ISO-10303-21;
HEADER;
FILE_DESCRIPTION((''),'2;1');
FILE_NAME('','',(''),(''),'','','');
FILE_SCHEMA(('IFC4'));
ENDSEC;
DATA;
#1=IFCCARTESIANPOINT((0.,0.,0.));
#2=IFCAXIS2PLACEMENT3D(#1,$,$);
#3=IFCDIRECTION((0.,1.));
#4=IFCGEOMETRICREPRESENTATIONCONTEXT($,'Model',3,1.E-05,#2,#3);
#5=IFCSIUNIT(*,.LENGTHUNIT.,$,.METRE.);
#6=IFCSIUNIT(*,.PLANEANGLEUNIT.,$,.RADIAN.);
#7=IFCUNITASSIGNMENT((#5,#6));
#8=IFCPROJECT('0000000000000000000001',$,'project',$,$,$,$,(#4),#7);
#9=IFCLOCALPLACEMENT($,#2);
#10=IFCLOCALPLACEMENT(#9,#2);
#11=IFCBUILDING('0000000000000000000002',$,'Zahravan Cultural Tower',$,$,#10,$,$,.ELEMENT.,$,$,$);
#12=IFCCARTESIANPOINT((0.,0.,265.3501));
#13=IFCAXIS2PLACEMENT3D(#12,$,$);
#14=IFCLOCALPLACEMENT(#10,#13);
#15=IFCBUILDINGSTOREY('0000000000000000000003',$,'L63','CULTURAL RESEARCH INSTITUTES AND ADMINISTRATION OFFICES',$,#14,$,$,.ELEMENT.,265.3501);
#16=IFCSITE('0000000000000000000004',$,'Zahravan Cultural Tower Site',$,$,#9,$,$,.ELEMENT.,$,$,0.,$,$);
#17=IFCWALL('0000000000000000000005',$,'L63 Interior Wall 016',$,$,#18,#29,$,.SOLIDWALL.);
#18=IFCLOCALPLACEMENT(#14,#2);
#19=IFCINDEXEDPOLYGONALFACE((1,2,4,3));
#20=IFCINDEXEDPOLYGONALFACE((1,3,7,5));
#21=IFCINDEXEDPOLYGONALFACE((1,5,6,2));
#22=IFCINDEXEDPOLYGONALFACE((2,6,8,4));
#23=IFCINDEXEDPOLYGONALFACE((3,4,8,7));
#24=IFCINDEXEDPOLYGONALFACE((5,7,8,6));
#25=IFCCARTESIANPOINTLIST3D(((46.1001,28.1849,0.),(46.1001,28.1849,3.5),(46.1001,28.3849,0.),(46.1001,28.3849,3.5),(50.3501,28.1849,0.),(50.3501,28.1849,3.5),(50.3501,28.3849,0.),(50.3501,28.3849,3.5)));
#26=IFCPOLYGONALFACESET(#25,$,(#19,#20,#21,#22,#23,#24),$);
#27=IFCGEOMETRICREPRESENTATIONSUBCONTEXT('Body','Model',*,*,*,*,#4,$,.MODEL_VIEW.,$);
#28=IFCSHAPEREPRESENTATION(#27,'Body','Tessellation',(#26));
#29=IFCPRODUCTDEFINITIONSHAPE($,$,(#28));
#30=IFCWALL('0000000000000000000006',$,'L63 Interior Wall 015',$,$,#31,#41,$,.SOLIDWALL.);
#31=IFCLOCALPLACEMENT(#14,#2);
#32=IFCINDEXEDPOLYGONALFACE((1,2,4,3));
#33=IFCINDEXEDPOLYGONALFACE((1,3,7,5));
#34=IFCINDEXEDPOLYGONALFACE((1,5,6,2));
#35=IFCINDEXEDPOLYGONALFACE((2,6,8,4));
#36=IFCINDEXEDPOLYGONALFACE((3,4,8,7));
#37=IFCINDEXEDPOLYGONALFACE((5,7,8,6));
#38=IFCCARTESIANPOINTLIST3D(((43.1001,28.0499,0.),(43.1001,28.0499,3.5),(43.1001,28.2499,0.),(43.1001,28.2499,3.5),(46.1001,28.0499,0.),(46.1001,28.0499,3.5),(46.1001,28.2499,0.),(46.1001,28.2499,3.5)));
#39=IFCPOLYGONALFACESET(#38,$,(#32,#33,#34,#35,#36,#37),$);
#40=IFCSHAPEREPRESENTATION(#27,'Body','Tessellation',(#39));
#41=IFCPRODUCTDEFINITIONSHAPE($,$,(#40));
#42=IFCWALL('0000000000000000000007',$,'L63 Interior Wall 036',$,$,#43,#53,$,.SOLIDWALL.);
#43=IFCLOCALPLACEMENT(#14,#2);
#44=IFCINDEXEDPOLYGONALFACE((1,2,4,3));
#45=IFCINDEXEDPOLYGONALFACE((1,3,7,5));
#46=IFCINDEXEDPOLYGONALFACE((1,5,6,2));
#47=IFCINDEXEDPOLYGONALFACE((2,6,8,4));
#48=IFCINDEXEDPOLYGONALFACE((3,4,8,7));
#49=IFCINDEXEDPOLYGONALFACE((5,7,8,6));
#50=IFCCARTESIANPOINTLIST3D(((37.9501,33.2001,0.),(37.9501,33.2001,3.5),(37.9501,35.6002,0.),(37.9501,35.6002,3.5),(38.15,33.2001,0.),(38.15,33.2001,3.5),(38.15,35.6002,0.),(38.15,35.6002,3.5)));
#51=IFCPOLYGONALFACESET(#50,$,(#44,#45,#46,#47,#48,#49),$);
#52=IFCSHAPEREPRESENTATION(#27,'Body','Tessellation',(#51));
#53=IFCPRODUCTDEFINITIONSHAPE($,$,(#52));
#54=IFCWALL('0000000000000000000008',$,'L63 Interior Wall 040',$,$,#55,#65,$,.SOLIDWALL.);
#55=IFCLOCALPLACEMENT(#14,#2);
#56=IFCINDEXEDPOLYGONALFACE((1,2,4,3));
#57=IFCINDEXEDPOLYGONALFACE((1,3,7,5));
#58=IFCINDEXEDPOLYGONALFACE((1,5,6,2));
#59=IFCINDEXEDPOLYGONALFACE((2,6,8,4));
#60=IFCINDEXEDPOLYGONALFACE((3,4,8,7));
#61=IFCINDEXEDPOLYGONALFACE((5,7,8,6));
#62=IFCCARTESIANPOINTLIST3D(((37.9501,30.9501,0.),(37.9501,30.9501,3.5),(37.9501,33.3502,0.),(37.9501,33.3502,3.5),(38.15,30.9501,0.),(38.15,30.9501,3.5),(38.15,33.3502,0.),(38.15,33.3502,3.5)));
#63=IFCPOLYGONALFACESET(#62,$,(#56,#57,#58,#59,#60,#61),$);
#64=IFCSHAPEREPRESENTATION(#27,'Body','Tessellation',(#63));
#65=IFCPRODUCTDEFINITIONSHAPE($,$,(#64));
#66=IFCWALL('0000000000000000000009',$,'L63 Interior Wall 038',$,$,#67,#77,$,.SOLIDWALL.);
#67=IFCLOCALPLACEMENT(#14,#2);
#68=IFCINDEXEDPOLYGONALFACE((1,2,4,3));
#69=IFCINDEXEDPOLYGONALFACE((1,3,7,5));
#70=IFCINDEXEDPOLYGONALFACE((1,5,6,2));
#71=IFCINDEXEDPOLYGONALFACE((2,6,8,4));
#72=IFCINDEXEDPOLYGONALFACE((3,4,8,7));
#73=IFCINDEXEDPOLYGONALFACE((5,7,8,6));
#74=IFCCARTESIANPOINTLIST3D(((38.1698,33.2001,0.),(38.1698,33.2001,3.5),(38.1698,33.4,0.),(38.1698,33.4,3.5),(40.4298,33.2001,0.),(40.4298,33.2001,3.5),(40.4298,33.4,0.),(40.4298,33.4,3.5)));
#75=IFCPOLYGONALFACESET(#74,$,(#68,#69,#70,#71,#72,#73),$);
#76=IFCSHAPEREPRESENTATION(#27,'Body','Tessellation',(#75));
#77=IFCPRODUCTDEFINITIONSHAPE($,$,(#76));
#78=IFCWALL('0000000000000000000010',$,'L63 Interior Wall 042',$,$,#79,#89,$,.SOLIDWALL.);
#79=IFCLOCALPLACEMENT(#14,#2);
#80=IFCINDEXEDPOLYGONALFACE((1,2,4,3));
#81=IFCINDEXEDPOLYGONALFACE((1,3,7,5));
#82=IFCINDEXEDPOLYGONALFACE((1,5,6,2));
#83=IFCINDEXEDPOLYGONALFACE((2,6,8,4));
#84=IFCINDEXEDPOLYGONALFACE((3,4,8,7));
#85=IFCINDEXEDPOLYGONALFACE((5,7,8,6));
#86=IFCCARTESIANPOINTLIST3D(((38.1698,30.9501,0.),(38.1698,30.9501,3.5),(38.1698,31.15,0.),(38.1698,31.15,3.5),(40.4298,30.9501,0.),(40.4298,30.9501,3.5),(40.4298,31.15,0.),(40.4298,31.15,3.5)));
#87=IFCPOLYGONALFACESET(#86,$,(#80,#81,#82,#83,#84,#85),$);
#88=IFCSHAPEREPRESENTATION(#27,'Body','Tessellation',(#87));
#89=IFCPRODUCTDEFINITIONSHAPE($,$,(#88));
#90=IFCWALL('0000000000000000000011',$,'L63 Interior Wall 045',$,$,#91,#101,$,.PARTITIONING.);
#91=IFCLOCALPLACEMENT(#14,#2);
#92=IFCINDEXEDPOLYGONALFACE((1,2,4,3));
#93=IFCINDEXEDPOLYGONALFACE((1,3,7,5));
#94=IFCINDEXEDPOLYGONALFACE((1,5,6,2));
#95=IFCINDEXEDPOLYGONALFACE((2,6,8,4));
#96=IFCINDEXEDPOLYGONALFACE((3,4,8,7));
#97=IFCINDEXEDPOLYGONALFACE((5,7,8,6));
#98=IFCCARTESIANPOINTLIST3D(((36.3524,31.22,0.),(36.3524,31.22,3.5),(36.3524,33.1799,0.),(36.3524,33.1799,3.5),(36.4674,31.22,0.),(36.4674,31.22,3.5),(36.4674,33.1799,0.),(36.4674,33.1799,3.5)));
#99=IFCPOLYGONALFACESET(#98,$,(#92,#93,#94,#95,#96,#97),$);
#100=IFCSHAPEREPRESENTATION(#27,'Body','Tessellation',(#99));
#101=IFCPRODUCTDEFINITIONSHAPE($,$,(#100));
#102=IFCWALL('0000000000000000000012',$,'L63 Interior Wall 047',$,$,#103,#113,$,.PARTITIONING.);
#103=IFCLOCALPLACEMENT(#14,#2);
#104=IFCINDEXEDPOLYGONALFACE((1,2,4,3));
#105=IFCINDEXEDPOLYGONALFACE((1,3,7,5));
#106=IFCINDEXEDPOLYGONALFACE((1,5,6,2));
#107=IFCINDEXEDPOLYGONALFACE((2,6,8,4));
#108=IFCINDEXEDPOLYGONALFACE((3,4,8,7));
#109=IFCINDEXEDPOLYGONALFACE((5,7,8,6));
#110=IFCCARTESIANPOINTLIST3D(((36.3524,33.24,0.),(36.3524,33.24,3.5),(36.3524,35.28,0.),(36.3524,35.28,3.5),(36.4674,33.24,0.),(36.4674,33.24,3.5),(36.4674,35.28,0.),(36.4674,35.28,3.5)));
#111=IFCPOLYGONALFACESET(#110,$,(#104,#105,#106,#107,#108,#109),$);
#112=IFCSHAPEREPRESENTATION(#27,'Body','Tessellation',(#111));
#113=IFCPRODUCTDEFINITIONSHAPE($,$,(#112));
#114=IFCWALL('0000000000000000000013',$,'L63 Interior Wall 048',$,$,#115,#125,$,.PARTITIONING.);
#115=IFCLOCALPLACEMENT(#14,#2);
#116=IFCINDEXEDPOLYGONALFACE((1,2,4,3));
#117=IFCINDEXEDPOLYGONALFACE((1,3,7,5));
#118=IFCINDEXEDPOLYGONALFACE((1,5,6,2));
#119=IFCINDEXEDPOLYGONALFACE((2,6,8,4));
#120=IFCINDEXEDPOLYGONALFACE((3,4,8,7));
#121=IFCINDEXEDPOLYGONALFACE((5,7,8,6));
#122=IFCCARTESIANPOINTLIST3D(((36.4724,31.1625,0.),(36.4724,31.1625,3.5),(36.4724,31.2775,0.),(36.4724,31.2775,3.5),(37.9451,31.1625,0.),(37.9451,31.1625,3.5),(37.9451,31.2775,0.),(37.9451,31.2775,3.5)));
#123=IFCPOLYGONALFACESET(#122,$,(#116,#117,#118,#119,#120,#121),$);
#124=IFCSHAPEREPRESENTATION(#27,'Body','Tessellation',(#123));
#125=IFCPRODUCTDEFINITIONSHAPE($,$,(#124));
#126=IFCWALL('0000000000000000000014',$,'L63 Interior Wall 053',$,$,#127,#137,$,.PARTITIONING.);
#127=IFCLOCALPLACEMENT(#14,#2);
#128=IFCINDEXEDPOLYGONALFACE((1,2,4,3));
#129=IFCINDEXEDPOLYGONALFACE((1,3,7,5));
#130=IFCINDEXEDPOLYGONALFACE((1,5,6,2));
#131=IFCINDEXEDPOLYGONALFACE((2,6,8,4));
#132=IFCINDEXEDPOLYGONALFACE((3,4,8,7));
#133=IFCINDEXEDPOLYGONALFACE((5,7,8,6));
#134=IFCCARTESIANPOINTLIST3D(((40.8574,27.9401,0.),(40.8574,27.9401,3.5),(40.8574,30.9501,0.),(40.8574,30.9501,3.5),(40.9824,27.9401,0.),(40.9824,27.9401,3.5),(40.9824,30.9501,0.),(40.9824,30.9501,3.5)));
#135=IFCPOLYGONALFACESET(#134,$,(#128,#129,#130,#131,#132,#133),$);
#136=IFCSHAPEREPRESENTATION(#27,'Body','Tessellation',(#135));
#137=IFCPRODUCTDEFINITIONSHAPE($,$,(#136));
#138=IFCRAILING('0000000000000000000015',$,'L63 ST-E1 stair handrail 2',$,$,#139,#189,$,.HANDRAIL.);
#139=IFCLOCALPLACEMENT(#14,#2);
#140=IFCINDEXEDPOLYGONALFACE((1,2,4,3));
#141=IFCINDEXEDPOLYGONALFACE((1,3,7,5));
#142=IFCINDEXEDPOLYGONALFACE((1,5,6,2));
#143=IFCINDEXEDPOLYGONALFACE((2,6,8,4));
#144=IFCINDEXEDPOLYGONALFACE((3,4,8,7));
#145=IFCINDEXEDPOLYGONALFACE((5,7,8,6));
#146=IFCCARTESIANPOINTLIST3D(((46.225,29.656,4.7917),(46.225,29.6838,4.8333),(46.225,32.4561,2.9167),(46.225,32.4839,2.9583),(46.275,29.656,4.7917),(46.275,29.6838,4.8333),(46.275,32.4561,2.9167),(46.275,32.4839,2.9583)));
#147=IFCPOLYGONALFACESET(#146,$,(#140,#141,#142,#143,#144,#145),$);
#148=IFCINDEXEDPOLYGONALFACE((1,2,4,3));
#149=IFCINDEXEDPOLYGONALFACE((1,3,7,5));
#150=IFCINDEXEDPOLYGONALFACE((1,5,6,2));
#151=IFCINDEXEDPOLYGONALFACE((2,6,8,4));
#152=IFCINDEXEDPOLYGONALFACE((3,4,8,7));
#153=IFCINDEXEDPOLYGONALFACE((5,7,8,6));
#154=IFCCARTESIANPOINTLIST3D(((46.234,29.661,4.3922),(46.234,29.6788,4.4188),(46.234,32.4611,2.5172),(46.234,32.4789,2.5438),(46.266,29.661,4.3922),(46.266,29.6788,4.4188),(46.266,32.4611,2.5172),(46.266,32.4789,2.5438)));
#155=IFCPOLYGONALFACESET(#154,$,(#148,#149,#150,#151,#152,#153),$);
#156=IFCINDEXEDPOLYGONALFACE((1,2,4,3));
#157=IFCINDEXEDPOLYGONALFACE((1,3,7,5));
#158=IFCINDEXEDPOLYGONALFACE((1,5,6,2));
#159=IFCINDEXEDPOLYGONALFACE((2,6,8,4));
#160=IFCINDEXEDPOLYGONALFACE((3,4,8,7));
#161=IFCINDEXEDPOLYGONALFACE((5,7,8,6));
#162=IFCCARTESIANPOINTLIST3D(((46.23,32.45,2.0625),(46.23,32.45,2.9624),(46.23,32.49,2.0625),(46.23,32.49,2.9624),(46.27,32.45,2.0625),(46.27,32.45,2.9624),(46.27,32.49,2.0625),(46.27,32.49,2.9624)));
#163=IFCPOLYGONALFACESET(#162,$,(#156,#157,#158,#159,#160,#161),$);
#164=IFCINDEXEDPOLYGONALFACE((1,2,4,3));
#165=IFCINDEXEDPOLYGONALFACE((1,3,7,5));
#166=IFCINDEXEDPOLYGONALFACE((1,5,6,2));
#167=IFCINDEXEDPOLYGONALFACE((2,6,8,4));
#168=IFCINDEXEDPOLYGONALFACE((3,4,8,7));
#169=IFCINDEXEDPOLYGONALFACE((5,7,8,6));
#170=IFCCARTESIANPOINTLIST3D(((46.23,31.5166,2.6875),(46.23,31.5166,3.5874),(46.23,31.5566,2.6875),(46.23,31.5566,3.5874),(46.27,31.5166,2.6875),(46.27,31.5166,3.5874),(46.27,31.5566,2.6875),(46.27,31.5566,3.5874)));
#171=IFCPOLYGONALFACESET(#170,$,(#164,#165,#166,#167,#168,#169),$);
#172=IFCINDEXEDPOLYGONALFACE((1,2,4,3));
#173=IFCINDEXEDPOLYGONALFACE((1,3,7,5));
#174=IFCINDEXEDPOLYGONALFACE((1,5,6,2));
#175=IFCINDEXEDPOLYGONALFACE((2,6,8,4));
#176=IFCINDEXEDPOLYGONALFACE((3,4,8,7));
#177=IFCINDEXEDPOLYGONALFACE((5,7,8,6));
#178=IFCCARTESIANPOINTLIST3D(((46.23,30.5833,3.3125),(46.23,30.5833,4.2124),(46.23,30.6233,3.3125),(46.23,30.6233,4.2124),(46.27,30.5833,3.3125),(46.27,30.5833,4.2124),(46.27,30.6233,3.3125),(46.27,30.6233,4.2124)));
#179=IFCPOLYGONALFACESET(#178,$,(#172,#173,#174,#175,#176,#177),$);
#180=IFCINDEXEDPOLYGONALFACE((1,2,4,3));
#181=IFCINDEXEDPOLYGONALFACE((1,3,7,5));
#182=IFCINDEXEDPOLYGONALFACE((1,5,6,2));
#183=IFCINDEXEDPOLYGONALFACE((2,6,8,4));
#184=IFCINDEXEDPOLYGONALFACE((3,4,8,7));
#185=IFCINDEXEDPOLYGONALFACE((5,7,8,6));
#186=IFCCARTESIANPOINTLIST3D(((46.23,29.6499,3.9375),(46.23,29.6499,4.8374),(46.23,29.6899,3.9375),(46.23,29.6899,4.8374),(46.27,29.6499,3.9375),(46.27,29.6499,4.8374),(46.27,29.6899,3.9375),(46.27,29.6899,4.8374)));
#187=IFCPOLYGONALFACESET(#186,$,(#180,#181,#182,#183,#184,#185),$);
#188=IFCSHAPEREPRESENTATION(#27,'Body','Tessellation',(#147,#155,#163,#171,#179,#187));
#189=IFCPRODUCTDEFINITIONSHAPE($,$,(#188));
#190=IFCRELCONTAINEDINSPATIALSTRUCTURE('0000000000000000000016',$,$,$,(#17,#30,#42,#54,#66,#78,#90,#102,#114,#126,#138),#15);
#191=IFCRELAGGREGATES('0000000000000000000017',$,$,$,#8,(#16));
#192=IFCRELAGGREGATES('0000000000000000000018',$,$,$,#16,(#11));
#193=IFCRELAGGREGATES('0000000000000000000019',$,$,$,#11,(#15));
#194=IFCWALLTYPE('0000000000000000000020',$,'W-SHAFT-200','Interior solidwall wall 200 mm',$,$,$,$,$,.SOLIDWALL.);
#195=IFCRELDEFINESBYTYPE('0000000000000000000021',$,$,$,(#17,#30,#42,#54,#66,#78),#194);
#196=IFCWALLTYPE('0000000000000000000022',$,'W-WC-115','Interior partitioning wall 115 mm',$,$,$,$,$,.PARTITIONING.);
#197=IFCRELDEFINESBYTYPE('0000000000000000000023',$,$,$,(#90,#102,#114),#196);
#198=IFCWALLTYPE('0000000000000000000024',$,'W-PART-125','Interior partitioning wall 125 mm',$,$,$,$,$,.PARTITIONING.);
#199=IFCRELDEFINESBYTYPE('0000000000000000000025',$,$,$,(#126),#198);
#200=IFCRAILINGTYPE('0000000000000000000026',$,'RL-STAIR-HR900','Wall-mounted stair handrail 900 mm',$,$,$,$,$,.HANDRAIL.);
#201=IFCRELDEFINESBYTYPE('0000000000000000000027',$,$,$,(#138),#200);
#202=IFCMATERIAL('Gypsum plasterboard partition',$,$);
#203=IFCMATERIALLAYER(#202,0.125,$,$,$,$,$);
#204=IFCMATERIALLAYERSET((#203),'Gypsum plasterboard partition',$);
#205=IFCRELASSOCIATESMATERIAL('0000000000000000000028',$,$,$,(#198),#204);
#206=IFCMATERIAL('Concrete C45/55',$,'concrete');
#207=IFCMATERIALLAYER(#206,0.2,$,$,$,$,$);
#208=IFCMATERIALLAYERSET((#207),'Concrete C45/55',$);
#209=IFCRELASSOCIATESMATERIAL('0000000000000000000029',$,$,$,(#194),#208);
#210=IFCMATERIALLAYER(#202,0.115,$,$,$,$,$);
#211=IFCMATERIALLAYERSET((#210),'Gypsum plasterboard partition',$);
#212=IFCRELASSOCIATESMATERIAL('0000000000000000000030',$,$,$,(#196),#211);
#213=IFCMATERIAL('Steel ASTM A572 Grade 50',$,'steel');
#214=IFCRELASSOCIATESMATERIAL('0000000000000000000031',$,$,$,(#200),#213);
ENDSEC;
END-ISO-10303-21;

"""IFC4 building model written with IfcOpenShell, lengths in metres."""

from ifc_helpers import new_model, si_unit, direction, frame, frame_2d, origin, origin_2d, place, context, subcontext, project, spatial, rectangle, extrude, source, transform, mapped, material, layer, layer_set, type_object, element, save


model = new_model("IFC4")

# Units and contexts
model_context = context("Model", 3, precision=1e-05, world=origin(), true_north=direction((0.0, 1.0)))
body_context = subcontext(model_context, "Body", "Model", "MODEL_VIEW")
ifc_project = project(units=[si_unit("LENGTHUNIT", "METRE"), si_unit("PLANEANGLEUNIT", "RADIAN")], contexts=[model_context])

# Site, building, storey
site_placement = place(None, origin())
site = spatial("IfcSite", under=ifc_project, at=site_placement, Name="Zahravan Cultural Tower Site", CompositionType="ELEMENT", RefElevation=0.0)
building_placement = place(site_placement, origin())
building = spatial("IfcBuilding", under=site, at=building_placement, Name="Zahravan Cultural Tower", CompositionType="ELEMENT")
storey_placement = place(building_placement, frame((0.0, 0.0, 265.3501)))
storey = spatial("IfcBuildingStorey", under=building, at=storey_placement, Name="L63", Description="CULTURAL RESEARCH INSTITUTES AND ADMINISTRATION OFFICES", CompositionType="ELEMENT", Elevation=265.3501)

# Shared definitions
ifc_material_1 = material(Name="Steel ASTM A572 Grade 50", Category="steel")
ifc_material_2 = material(Name="Gypsum plasterboard partition")
ifc_layer_1 = layer(ifc_material_2, 0.125)
ifc_layer_set_1 = layer_set([ifc_layer_1], Name="Gypsum plasterboard partition")
wall_type_1 = type_object("IfcWallType", Name="W-PART-125", Description="Interior partitioning wall 125 mm", PredefinedType="PARTITIONING", material=ifc_layer_set_1)
ifc_material_3 = material(Name="Concrete C45/55", Category="concrete")
ifc_layer_2 = layer(ifc_material_3, 0.2)
ifc_layer_set_2 = layer_set([ifc_layer_2], Name="Concrete C45/55")
wall_type_2 = type_object("IfcWallType", Name="W-SHAFT-200", Description="Interior solidwall wall 200 mm", PredefinedType="SOLIDWALL", material=ifc_layer_set_2)
ifc_layer_3 = layer(ifc_material_2, 0.115)
ifc_layer_set_3 = layer_set([ifc_layer_3], Name="Gypsum plasterboard partition")
wall_type_3 = type_object("IfcWallType", Name="W-WC-115", Description="Interior partitioning wall 115 mm", PredefinedType="PARTITIONING", material=ifc_layer_set_3)

# Walls
shared_shape_1 = source(origin(), body_context, "Body", "SweptSolid", [
    extrude(rectangle(XDim=4.25, YDim=0.2, at=frame_2d((2.125, 0.0))), origin(), (0.0, 0.0, 1.0), 3.5),
])
wall_1_placement = place(storey_placement, frame((46.1001, 28.2849, 0.0), z_axis=(0.0, 0.0, 1.0), x_axis=(1.0, 0.0, 0.0)))
element("IfcWall", 1, at=wall_1_placement, inside=storey, type_object=wall_type_2, Name="L63 Interior Wall 016", PredefinedType="SOLIDWALL", context=body_context, shape_type="MappedRepresentation", body=[
    mapped(shared_shape_1, transform((0.0, 0.0, 0.0), x_axis=(1.0, 0.0, 0.0), y_axis=(0.0, 1.0, 0.0), z_axis=(0.0, 0.0, 1.0), scale=1.0)),
])
shared_shape_2 = source(origin(), body_context, "Body", "SweptSolid", [
    extrude(rectangle(XDim=3.0, YDim=0.2, at=frame_2d((1.5, 0.0))), origin(), (0.0, 0.0, 1.0), 3.5),
])
wall_2_placement = place(storey_placement, frame((43.1001, 28.1499, 0.0), z_axis=(0.0, 0.0, 1.0), x_axis=(1.0, 0.0, 0.0)))
element("IfcWall", 2, at=wall_2_placement, inside=storey, type_object=wall_type_2, Name="L63 Interior Wall 015", PredefinedType="SOLIDWALL", context=body_context, shape_type="MappedRepresentation", body=[
    mapped(shared_shape_2, transform((0.0, 0.0, 0.0), x_axis=(1.0, 0.0, 0.0), y_axis=(0.0, 1.0, 0.0), z_axis=(0.0, 0.0, 1.0), scale=1.0)),
])
shared_shape_3 = source(origin(), body_context, "Body", "SweptSolid", [
    extrude(rectangle(XDim=2.4001, YDim=0.2, at=frame_2d((1.2002, 0.0))), origin(), (0.0, 0.0, 1.0), 3.5),
])
for number, where, z_axis, x_axis, name in (
    (3, (38.05, 33.2, 0.0), (0.0, 0.0, 1.0), (0.0, 1.0, 0.0), "L63 Interior Wall 036"),
    (4, (38.05, 30.95, 0.0), (0.0, 0.0, 1.0), (0.0, 1.0, 0.0), "L63 Interior Wall 040"),
):
    element("IfcWall", number, at=place(storey_placement, frame(where, z_axis=z_axis, x_axis=x_axis)), inside=storey, type_object=wall_type_2, Name=name, PredefinedType="SOLIDWALL", context=body_context, shape_type="MappedRepresentation", body=[
        mapped(shared_shape_3, transform((0.0, 0.0, 0.0), x_axis=(1.0, 0.0, 0.0), y_axis=(0.0, 1.0, 0.0), z_axis=(0.0, 0.0, 1.0), scale=1.0)),
    ])
shared_shape_4 = source(origin(), body_context, "Body", "SweptSolid", [
    extrude(rectangle(XDim=2.26, YDim=0.2, at=frame_2d((1.1299, 0.0))), origin(), (0.0, 0.0, 1.0), 3.5),
])
for number, where, z_axis, x_axis, name in (
    (5, (38.1699, 33.3, 0.0), (0.0, 0.0, 1.0), (1.0, 0.0, 0.0), "L63 Interior Wall 038"),
    (6, (38.1699, 31.05, 0.0), (0.0, 0.0, 1.0), (1.0, 0.0, 0.0), "L63 Interior Wall 042"),
):
    element("IfcWall", number, at=place(storey_placement, frame(where, z_axis=z_axis, x_axis=x_axis)), inside=storey, type_object=wall_type_2, Name=name, PredefinedType="SOLIDWALL", context=body_context, shape_type="MappedRepresentation", body=[
        mapped(shared_shape_4, transform((0.0, 0.0, 0.0), x_axis=(1.0, 0.0, 0.0), y_axis=(0.0, 1.0, 0.0), z_axis=(0.0, 0.0, 1.0), scale=1.0)),
    ])
shared_shape_5 = source(origin(), body_context, "Body", "SweptSolid", [
    extrude(rectangle(XDim=1.96, YDim=0.115, at=frame_2d((0.98, 0.0))), origin(), (0.0, 0.0, 1.0), 3.5),
])
wall_3_placement = place(storey_placement, frame((36.4099, 33.1799, 0.0), z_axis=(0.0, 0.0, 1.0), x_axis=(0.0, -1.0, 0.0)))
element("IfcWall", 7, at=wall_3_placement, inside=storey, type_object=wall_type_3, Name="L63 Interior Wall 045", PredefinedType="PARTITIONING", context=body_context, shape_type="MappedRepresentation", body=[
    mapped(shared_shape_5, transform((0.0, 0.0, 0.0), x_axis=(1.0, 0.0, 0.0), y_axis=(0.0, 1.0, 0.0), z_axis=(0.0, 0.0, 1.0), scale=1.0)),
])
shared_shape_6 = source(origin(), body_context, "Body", "SweptSolid", [
    extrude(rectangle(XDim=2.04, YDim=0.115, at=frame_2d((1.02, 0.0))), origin(), (0.0, 0.0, 1.0), 3.5),
])
wall_4_placement = place(storey_placement, frame((36.4099, 35.28, 0.0), z_axis=(0.0, 0.0, 1.0), x_axis=(0.0, -1.0, 0.0)))
element("IfcWall", 8, at=wall_4_placement, inside=storey, type_object=wall_type_3, Name="L63 Interior Wall 047", PredefinedType="PARTITIONING", context=body_context, shape_type="MappedRepresentation", body=[
    mapped(shared_shape_6, transform((0.0, 0.0, 0.0), x_axis=(1.0, 0.0, 0.0), y_axis=(0.0, 1.0, 0.0), z_axis=(0.0, 0.0, 1.0), scale=1.0)),
])
shared_shape_7 = source(origin(), body_context, "Body", "SweptSolid", [
    extrude(rectangle(XDim=1.4727, YDim=0.115, at=frame_2d((0.7363, 0.0))), origin(), (0.0, 0.0, 1.0), 3.5),
])
wall_5_placement = place(storey_placement, frame((37.9451, 31.22, 0.0), z_axis=(0.0, 0.0, 1.0), x_axis=(-1.0, 0.0, 0.0)))
element("IfcWall", 9, at=wall_5_placement, inside=storey, type_object=wall_type_3, Name="L63 Interior Wall 048", PredefinedType="PARTITIONING", context=body_context, shape_type="MappedRepresentation", body=[
    mapped(shared_shape_7, transform((0.0, 0.0, 0.0), x_axis=(1.0, 0.0, 0.0), y_axis=(0.0, 1.0, 0.0), z_axis=(0.0, 0.0, 1.0), scale=1.0)),
])
shared_shape_8 = source(origin(), body_context, "Body", "SweptSolid", [
    extrude(rectangle(XDim=3.01, YDim=0.125, at=frame_2d((1.5049, 0.0))), origin(), (0.0, 0.0, 1.0), 3.5),
])
wall_6_placement = place(storey_placement, frame((40.9199, 30.95, 0.0), z_axis=(0.0, 0.0, 1.0), x_axis=(0.0, -1.0, 0.0)))
element("IfcWall", 10, at=wall_6_placement, inside=storey, type_object=wall_type_1, Name="L63 Interior Wall 053", PredefinedType="PARTITIONING", context=body_context, shape_type="MappedRepresentation", body=[
    mapped(shared_shape_8, transform((0.0, 0.0, 0.0), x_axis=(1.0, 0.0, 0.0), y_axis=(0.0, 1.0, 0.0), z_axis=(0.0, 0.0, 1.0), scale=1.0)),
])

# Railing
railing_type = type_object("IfcRailingType", Name="RL-STAIR-HR900", Description="Wall-mounted stair handrail 900 mm", PredefinedType="HANDRAIL", material=ifc_material_1)
railing_placement = place(storey_placement, frame((46.25, 32.47, 2.0625)))
element("IfcRailing", 11, at=railing_placement, inside=storey, type_object=railing_type, Name="L63 ST-E1 stair handrail 2", PredefinedType="HANDRAIL", context=body_context, shape_type="SweptSolid", body=[
    extrude(rectangle(XDim=0.05, YDim=0.05, at=origin_2d()), frame((0.0, 0.0, 0.875), z_axis=(0.0, -0.830912, 0.556404), x_axis=(1.0, 0.0, 0.0)), (0.0, 0.0, 1.0), 3.3699),
    extrude(rectangle(XDim=0.032, YDim=0.032, at=origin_2d()), frame((0.0, 0.0, 0.468), z_axis=(0.0, -0.830912, 0.556404), x_axis=(1.0, 0.0, 0.0)), (0.0, 0.0, 1.0), 3.3699),
    extrude(rectangle(XDim=0.04, YDim=0.04, at=origin_2d()), origin(), (0.0, 0.0, 1.0), 0.8999),
    extrude(rectangle(XDim=0.04, YDim=0.04, at=origin_2d()), frame((0.0, -0.9333, 0.625)), (0.0, 0.0, 1.0), 0.8999),
    extrude(rectangle(XDim=0.04, YDim=0.04, at=origin_2d()), frame((0.0, -1.8667, 1.25)), (0.0, 0.0, 1.0), 0.8999),
    extrude(rectangle(XDim=0.04, YDim=0.04, at=origin_2d()), frame((0.0, -2.8, 1.875)), (0.0, 0.0, 1.0), 0.8999),
])

save(model, "model.ifc")
